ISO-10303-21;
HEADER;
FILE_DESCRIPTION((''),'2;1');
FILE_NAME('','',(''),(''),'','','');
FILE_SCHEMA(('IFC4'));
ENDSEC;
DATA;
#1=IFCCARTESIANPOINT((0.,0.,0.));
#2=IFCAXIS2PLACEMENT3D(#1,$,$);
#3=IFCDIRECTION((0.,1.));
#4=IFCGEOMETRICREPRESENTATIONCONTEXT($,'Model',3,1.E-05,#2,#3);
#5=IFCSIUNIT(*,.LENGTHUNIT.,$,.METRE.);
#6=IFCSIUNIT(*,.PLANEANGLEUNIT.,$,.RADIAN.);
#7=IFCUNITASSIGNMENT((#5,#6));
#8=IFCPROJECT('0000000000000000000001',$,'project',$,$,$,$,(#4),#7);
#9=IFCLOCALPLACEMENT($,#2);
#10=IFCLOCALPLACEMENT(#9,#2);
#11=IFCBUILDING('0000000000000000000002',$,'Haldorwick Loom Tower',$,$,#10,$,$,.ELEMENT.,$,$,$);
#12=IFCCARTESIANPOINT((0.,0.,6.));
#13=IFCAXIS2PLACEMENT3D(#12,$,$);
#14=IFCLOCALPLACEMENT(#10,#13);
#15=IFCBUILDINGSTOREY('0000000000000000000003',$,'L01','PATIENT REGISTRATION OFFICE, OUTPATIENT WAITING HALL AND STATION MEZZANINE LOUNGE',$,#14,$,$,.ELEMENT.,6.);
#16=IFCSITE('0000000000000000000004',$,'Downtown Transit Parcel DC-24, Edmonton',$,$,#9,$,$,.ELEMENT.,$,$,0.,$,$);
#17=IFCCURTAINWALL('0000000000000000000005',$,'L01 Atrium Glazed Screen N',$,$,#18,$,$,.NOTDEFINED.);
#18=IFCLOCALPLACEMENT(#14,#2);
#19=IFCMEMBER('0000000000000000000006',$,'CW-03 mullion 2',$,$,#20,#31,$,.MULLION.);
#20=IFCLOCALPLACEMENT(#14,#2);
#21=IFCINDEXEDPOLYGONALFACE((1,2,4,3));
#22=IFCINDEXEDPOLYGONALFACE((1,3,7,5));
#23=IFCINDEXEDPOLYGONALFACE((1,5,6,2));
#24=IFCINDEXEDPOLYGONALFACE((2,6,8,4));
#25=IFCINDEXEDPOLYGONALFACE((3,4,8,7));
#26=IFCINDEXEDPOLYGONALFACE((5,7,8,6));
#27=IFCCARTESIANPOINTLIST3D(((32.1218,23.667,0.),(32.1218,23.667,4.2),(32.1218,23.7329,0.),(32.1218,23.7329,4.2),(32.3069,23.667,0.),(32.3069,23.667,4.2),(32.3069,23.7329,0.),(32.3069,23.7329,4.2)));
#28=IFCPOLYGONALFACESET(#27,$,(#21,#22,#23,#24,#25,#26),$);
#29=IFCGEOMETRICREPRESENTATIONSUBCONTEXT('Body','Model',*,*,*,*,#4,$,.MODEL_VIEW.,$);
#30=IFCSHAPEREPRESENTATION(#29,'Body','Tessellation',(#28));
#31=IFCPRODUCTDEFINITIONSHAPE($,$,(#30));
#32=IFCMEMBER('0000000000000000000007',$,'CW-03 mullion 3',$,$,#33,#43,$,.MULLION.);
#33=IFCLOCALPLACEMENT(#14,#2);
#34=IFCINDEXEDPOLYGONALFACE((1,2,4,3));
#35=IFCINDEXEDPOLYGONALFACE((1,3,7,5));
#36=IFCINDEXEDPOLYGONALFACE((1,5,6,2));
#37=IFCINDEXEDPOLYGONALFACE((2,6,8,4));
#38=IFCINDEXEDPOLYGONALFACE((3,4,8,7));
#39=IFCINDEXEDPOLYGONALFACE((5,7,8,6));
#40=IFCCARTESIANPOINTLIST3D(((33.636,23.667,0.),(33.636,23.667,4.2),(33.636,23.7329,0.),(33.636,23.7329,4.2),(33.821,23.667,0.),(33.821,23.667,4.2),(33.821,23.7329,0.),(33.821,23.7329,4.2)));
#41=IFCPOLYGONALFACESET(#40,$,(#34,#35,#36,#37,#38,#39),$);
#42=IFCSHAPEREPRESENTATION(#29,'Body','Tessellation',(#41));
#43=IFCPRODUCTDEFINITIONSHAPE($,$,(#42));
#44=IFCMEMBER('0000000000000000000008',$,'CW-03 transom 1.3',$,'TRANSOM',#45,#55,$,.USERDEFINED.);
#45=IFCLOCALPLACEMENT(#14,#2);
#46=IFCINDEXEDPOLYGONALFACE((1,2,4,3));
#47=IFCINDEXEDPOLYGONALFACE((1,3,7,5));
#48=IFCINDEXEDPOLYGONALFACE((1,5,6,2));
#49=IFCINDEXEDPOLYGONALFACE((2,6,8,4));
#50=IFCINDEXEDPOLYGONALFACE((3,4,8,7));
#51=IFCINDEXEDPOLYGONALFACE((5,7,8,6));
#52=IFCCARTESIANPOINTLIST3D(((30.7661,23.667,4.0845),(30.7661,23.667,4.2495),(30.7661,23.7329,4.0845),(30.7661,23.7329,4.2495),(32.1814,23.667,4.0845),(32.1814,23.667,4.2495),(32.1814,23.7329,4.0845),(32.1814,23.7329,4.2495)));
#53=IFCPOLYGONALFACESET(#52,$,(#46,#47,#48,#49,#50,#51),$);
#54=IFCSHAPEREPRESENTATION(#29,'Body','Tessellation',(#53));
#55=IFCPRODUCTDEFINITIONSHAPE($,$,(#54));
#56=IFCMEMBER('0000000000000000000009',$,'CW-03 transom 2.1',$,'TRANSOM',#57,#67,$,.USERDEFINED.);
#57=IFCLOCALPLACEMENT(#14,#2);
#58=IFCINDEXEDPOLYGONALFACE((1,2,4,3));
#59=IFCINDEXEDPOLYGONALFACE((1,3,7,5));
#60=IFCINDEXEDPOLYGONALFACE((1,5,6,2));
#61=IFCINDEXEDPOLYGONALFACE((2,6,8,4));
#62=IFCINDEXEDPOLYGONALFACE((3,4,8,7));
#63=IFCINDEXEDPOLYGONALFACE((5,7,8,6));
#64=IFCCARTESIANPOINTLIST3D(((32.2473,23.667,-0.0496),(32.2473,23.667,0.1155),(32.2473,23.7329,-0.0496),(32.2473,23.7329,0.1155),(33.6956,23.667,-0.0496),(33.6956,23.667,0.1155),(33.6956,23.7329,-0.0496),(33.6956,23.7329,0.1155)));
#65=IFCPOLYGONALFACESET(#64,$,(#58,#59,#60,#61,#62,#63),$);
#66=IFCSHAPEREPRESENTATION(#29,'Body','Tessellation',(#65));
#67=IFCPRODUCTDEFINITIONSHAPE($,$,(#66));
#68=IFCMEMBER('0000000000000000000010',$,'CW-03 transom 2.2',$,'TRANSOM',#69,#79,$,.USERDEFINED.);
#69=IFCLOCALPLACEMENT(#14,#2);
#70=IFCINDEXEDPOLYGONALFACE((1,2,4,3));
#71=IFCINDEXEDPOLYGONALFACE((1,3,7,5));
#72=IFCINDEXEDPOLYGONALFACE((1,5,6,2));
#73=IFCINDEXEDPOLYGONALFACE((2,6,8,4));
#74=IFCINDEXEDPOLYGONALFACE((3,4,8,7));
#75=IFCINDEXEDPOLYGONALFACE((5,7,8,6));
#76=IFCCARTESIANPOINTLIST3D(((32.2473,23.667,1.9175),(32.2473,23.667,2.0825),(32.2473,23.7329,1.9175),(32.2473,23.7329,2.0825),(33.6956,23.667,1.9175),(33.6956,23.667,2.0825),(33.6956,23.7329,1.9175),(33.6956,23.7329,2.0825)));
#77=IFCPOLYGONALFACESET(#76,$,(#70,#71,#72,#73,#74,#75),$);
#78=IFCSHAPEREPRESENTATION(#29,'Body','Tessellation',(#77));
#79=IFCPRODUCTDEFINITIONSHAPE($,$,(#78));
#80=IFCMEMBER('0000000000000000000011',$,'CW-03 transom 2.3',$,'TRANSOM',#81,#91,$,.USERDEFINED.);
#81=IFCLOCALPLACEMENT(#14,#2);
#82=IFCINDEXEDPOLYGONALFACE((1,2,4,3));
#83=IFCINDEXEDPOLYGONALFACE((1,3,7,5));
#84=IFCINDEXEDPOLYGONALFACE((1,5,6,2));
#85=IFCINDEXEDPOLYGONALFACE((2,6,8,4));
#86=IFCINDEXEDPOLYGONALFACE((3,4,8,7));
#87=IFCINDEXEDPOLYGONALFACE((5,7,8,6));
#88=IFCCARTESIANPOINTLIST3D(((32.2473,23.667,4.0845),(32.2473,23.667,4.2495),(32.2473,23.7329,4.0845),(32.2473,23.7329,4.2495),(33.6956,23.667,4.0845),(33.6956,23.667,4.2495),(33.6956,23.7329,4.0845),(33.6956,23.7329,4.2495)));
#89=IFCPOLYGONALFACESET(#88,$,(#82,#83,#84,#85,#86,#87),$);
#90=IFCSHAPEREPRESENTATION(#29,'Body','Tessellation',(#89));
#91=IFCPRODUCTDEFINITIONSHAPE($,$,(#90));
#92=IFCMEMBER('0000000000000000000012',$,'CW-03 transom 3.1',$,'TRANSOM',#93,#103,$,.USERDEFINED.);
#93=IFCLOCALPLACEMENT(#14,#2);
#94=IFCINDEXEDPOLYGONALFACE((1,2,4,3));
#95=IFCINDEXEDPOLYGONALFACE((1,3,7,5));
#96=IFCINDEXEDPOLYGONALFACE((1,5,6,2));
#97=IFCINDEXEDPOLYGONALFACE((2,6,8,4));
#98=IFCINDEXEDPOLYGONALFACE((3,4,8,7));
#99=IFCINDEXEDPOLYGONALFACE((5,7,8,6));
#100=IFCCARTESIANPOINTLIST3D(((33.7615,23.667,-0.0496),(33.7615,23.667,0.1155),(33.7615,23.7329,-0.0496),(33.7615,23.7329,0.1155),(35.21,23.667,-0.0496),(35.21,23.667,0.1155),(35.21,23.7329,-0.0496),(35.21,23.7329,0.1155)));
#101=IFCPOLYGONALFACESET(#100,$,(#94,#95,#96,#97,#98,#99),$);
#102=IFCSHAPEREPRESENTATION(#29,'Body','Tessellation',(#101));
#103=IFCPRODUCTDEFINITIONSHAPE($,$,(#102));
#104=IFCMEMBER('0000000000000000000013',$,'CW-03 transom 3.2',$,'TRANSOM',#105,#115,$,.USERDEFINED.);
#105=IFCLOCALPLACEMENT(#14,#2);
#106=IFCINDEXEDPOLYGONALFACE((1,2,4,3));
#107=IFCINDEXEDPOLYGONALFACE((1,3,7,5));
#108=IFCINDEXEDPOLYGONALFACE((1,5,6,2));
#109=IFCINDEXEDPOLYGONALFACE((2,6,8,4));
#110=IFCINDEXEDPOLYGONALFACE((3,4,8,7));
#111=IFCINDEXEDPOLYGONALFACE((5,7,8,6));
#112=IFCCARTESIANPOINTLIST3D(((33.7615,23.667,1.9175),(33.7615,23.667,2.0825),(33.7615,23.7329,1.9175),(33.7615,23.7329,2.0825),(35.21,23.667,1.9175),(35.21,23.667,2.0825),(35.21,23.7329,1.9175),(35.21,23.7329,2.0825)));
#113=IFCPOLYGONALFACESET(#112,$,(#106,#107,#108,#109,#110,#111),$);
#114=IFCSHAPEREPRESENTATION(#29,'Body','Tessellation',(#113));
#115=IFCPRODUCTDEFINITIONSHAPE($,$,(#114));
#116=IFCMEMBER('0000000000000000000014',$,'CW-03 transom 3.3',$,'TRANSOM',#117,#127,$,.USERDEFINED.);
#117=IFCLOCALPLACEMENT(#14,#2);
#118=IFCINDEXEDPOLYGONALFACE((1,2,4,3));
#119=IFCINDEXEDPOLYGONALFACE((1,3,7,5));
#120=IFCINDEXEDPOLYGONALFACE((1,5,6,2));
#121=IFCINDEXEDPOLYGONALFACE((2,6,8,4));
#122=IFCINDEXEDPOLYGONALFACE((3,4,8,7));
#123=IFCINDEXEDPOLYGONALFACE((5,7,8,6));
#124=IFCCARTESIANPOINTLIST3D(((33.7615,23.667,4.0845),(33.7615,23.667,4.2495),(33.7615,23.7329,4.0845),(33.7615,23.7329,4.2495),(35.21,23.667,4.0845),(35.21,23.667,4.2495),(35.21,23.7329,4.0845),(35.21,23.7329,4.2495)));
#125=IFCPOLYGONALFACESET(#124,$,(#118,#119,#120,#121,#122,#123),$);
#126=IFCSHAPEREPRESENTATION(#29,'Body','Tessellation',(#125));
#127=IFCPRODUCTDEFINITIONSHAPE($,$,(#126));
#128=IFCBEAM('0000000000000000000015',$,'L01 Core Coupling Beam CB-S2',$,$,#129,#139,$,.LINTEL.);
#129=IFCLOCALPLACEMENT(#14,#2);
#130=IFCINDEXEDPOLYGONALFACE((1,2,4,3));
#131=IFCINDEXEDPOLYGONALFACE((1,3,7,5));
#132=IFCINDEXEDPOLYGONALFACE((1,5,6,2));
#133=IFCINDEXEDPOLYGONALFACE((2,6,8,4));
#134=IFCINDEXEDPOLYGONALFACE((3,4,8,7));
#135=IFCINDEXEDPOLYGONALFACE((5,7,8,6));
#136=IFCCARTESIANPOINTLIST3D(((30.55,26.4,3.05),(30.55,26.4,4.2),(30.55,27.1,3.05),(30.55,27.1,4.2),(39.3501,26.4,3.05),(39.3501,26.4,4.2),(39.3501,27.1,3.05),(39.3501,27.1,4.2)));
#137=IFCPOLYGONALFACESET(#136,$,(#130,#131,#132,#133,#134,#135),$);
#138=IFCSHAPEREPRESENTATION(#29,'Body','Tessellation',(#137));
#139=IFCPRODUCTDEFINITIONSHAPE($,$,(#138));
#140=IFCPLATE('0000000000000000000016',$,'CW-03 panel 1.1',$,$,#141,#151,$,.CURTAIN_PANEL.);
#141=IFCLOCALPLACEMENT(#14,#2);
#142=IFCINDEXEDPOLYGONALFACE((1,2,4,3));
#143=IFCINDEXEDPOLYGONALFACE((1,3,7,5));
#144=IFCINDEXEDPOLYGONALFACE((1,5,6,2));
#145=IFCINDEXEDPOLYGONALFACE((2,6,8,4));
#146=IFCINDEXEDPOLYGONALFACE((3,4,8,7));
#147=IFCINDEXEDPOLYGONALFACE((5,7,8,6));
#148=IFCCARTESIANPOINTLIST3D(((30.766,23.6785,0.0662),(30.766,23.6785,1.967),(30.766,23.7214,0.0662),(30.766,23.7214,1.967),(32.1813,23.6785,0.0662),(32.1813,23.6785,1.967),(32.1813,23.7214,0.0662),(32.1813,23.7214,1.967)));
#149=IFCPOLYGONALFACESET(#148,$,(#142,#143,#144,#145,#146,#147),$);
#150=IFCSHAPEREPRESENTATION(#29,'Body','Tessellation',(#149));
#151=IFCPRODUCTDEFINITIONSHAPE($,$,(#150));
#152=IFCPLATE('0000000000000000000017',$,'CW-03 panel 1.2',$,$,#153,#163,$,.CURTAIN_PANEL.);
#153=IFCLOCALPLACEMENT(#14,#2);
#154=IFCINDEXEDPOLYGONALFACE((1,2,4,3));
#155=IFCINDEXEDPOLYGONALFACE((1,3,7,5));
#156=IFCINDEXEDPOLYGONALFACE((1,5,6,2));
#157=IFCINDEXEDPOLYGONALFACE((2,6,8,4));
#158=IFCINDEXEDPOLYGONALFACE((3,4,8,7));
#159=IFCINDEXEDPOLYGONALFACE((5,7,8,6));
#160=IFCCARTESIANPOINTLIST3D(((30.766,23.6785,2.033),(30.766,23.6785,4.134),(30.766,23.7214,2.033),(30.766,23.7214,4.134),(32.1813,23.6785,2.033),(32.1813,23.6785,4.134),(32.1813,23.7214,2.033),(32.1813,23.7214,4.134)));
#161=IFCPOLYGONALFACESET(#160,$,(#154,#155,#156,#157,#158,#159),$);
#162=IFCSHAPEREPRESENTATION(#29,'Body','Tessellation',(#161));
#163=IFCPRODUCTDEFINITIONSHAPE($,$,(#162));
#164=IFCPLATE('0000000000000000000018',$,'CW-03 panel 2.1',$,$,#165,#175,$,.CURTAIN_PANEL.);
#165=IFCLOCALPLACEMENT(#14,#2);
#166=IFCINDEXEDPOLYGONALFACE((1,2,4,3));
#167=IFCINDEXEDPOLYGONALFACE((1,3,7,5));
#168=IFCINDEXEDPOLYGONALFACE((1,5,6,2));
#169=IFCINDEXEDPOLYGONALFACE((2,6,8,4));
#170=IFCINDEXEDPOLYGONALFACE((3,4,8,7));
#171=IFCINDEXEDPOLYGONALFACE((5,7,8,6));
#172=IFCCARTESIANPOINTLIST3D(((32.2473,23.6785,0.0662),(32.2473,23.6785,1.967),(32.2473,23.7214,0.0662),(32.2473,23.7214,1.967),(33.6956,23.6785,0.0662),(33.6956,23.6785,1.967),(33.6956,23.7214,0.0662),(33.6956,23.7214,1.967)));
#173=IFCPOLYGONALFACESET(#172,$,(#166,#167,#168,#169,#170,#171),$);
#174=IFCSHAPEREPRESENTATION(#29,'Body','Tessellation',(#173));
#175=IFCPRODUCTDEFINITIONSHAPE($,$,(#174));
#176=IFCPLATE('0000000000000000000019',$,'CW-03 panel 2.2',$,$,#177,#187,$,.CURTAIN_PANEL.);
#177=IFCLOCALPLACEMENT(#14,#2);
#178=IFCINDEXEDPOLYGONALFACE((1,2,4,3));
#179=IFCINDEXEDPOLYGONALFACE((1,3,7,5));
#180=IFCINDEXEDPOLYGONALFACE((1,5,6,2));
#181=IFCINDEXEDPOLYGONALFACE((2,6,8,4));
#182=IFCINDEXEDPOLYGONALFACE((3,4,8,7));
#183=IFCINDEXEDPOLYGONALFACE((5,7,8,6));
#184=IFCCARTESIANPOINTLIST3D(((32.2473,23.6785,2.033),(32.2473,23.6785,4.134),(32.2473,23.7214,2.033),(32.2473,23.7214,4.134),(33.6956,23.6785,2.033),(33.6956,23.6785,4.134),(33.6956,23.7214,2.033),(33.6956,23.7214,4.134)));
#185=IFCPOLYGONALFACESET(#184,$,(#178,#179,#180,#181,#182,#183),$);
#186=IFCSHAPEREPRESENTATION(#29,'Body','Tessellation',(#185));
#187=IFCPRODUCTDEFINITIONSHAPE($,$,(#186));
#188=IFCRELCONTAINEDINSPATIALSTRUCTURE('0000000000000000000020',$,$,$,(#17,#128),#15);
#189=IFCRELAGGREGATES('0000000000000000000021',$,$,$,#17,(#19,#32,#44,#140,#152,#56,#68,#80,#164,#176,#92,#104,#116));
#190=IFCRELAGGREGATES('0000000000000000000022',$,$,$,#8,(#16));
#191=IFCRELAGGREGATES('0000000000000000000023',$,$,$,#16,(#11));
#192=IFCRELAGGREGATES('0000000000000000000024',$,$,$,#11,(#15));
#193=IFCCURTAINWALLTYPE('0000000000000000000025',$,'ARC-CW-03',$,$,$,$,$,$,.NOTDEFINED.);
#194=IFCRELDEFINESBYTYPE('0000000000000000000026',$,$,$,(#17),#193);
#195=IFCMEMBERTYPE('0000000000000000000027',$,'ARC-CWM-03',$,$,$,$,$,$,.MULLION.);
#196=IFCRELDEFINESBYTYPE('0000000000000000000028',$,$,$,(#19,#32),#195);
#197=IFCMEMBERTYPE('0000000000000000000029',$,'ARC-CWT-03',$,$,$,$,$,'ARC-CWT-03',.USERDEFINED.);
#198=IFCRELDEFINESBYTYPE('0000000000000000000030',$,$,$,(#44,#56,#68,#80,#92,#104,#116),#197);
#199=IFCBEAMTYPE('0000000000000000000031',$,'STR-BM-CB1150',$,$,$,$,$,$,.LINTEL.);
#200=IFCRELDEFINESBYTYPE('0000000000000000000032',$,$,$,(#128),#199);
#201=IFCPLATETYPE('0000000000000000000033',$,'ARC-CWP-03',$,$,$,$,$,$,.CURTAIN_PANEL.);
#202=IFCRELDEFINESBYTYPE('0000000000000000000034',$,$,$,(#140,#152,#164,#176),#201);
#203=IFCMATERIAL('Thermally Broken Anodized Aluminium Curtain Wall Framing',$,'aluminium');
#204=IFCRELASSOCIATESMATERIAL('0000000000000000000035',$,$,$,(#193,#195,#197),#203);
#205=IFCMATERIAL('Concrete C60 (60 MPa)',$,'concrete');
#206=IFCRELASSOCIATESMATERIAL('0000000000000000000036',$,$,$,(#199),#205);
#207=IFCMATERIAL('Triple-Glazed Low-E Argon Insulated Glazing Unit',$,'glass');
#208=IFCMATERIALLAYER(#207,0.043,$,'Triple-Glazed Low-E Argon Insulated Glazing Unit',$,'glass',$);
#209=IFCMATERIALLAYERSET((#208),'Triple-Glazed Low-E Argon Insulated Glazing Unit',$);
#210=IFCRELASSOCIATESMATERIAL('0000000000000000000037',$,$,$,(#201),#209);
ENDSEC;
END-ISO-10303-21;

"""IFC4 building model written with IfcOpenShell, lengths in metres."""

from ifc_helpers import new_model, si_unit, direction, frame, origin, origin_2d, place, context, subcontext, project, spatial, rectangle, extrude, material, layer, layer_set, material_profile, profile_set, type_object, element, aggregate, save


model = new_model("IFC4")

# Units and contexts
model_context = context("Model", 3, precision=1e-05, world=origin(), true_north=direction((0.0, 1.0)))
body_context = subcontext(model_context, "Body", "Model", "MODEL_VIEW")
ifc_project = project(units=[si_unit("LENGTHUNIT", "METRE"), si_unit("PLANEANGLEUNIT", "RADIAN")], contexts=[model_context])

# Site, building, storey
site_placement = place(None, origin())
site = spatial("IfcSite", under=ifc_project, at=site_placement, Name="Downtown Transit Parcel DC-24, Edmonton", CompositionType="ELEMENT", RefElevation=0.0)
building_placement = place(site_placement, origin())
building = spatial("IfcBuilding", under=site, at=building_placement, Name="Haldorwick Loom Tower", CompositionType="ELEMENT")
storey_placement = place(building_placement, frame((0.0, 0.0, 6.0)))
storey = spatial("IfcBuildingStorey", under=building, at=storey_placement, Name="L01", Description="PATIENT REGISTRATION OFFICE, OUTPATIENT WAITING HALL AND STATION MEZZANINE LOUNGE", CompositionType="ELEMENT", Elevation=6.0)

# Curtain wall, members
ifc_material_1 = material(Name="Thermally Broken Anodized Aluminium Curtain Wall Framing", Category="aluminium")
curtain_wall_type = type_object("IfcCurtainWallType", Name="ARC-CW-03", PredefinedType="NOTDEFINED", material=ifc_material_1)
curtain_wall_placement = place(storey_placement, origin())
curtain_wall = element("IfcCurtainWall", 1, at=curtain_wall_placement, inside=storey, type_object=curtain_wall_type, Name="L01 Atrium Glazed Screen N", PredefinedType="NOTDEFINED")
ifc_material_profile_1 = material_profile(ifc_material_1, rectangle(XDim=0.0659, YDim=0.1851, at=origin_2d()), Name="ALU_MUL_66X185", Category="aluminium")
ifc_profile_set_1 = profile_set([ifc_material_profile_1], Name="Thermally Broken Anodized Aluminium Curtain Wall Framing")
member_type_1 = type_object("IfcMemberType", Name="ARC-CWM-03", PredefinedType="MULLION", material=ifc_profile_set_1)
member_1_placement = place(storey_placement, frame((32.2144, 23.7, 0.0), z_axis=(0.0, 0.0, 1.0), x_axis=(0.0, 1.0, 0.0)))
member_1 = element("IfcMember", 2, at=member_1_placement, type_object=member_type_1, Name="CW-03 mullion 2", PredefinedType="MULLION", context=body_context, shape_type="SweptSolid", body=[
    extrude(rectangle(XDim=0.0659, YDim=0.1851, at=origin_2d()), origin(), (0.0, 0.0, 1.0), 4.2),
])
member_2_placement = place(storey_placement, frame((33.7285, 23.7, 0.0), z_axis=(0.0, 0.0, 1.0), x_axis=(0.0, 1.0, 0.0)))
member_2 = element("IfcMember", 3, at=member_2_placement, type_object=member_type_1, Name="CW-03 mullion 3", PredefinedType="MULLION", context=body_context, shape_type="SweptSolid", body=[
    extrude(rectangle(XDim=0.0659, YDim=0.1851, at=origin_2d()), origin(), (0.0, 0.0, 1.0), 4.2),
])
ifc_material_profile_2 = material_profile(ifc_material_1, rectangle(XDim=0.0659, YDim=0.165, at=origin_2d()), Name="ALU_TRN_66X165", Category="aluminium")
ifc_profile_set_2 = profile_set([ifc_material_profile_2], Name="Thermally Broken Anodized Aluminium Curtain Wall Framing")
member_type_2 = type_object("IfcMemberType", Name="ARC-CWT-03", ElementType="ARC-CWT-03", PredefinedType="USERDEFINED", material=ifc_profile_set_2)
member_3_placement = place(storey_placement, frame((30.7661, 23.7, 4.167), z_axis=(1.0, 0.0, 0.0), x_axis=(0.0, 1.0, 0.0)))
member_3 = element("IfcMember", 4, at=member_3_placement, type_object=member_type_2, Name="CW-03 transom 1.3", ObjectType="TRANSOM", PredefinedType="USERDEFINED", context=body_context, shape_type="SweptSolid", body=[
    extrude(rectangle(XDim=0.0659, YDim=0.165, at=origin_2d()), origin(), (0.0, 0.0, 1.0), 1.4153),
])
member_4_placement = place(storey_placement, frame((32.2473, 23.7, 0.033), z_axis=(1.0, 0.0, 0.0), x_axis=(0.0, 1.0, 0.0)))
member_4 = element("IfcMember", 5, at=member_4_placement, type_object=member_type_2, Name="CW-03 transom 2.1", ObjectType="TRANSOM", PredefinedType="USERDEFINED", context=body_context, shape_type="SweptSolid", body=[
    extrude(rectangle(XDim=0.0659, YDim=0.165, at=origin_2d()), origin(), (0.0, 0.0, 1.0), 1.4482),
])
member_5_placement = place(storey_placement, frame((32.2473, 23.7, 2.0), z_axis=(1.0, 0.0, 0.0), x_axis=(0.0, 1.0, 0.0)))
member_5 = element("IfcMember", 6, at=member_5_placement, type_object=member_type_2, Name="CW-03 transom 2.2", ObjectType="TRANSOM", PredefinedType="USERDEFINED", context=body_context, shape_type="SweptSolid", body=[
    extrude(rectangle(XDim=0.0659, YDim=0.165, at=origin_2d()), origin(), (0.0, 0.0, 1.0), 1.4482),
])
member_6_placement = place(storey_placement, frame((32.2473, 23.7, 4.167), z_axis=(1.0, 0.0, 0.0), x_axis=(0.0, 1.0, 0.0)))
member_6 = element("IfcMember", 7, at=member_6_placement, type_object=member_type_2, Name="CW-03 transom 2.3", ObjectType="TRANSOM", PredefinedType="USERDEFINED", context=body_context, shape_type="SweptSolid", body=[
    extrude(rectangle(XDim=0.0659, YDim=0.165, at=origin_2d()), origin(), (0.0, 0.0, 1.0), 1.4482),
])
member_7_placement = place(storey_placement, frame((33.7615, 23.7, 0.033), z_axis=(1.0, 0.0, 0.0), x_axis=(0.0, 1.0, 0.0)))
member_7 = element("IfcMember", 8, at=member_7_placement, type_object=member_type_2, Name="CW-03 transom 3.1", ObjectType="TRANSOM", PredefinedType="USERDEFINED", context=body_context, shape_type="SweptSolid", body=[
    extrude(rectangle(XDim=0.0659, YDim=0.165, at=origin_2d()), origin(), (0.0, 0.0, 1.0), 1.4485),
])
member_8_placement = place(storey_placement, frame((33.7615, 23.7, 2.0), z_axis=(1.0, 0.0, 0.0), x_axis=(0.0, 1.0, 0.0)))
member_8 = element("IfcMember", 9, at=member_8_placement, type_object=member_type_2, Name="CW-03 transom 3.2", ObjectType="TRANSOM", PredefinedType="USERDEFINED", context=body_context, shape_type="SweptSolid", body=[
    extrude(rectangle(XDim=0.0659, YDim=0.165, at=origin_2d()), origin(), (0.0, 0.0, 1.0), 1.4485),
])
member_9_placement = place(storey_placement, frame((33.7615, 23.7, 4.167), z_axis=(1.0, 0.0, 0.0), x_axis=(0.0, 1.0, 0.0)))
member_9 = element("IfcMember", 10, at=member_9_placement, type_object=member_type_2, Name="CW-03 transom 3.3", ObjectType="TRANSOM", PredefinedType="USERDEFINED", context=body_context, shape_type="SweptSolid", body=[
    extrude(rectangle(XDim=0.0659, YDim=0.165, at=origin_2d()), origin(), (0.0, 0.0, 1.0), 1.4485),
])

# Beam
ifc_material_2 = material(Name="Concrete C60 (60 MPa)", Category="concrete")
ifc_material_profile_3 = material_profile(ifc_material_2, rectangle(XDim=0.7, YDim=1.1499, at=origin_2d()), Name="RC700X1150", Category="concrete")
ifc_profile_set_3 = profile_set([ifc_material_profile_3], Name="Concrete C60 (60 MPa)")
beam_type = type_object("IfcBeamType", Name="STR-BM-CB1150", PredefinedType="LINTEL", material=ifc_profile_set_3)
beam_placement = place(storey_placement, frame((30.55, 26.75, 3.625), z_axis=(1.0, 0.0, 0.0), x_axis=(0.0, 1.0, 0.0)))
element("IfcBeam", 11, at=beam_placement, inside=storey, type_object=beam_type, Name="L01 Core Coupling Beam CB-S2", PredefinedType="LINTEL", context=body_context, shape_type="SweptSolid", body=[
    extrude(rectangle(XDim=0.7, YDim=1.1499, at=origin_2d()), origin(), (0.0, 0.0, 1.0), 8.8),
])

# Plates
ifc_material_3 = material(Name="Triple-Glazed Low-E Argon Insulated Glazing Unit", Category="glass")
ifc_layer_1 = layer(ifc_material_3, 0.043, Name="Triple-Glazed Low-E Argon Insulated Glazing Unit", Category="glass")
ifc_layer_set_1 = layer_set([ifc_layer_1], Name="Triple-Glazed Low-E Argon Insulated Glazing Unit")
plate_type = type_object("IfcPlateType", Name="ARC-CWP-03", PredefinedType="CURTAIN_PANEL", material=ifc_layer_set_1)
plate_1_placement = place(storey_placement, frame((31.4736, 23.7, 0.0662), z_axis=(0.0, 0.0, 1.0), x_axis=(1.0, 0.0, 0.0)))
plate_1 = element("IfcPlate", 12, at=plate_1_placement, type_object=plate_type, Name="CW-03 panel 1.1", PredefinedType="CURTAIN_PANEL", context=body_context, shape_type="SweptSolid", body=[
    extrude(rectangle(XDim=1.4153, YDim=0.043, at=origin_2d()), origin(), (0.0, 0.0, 1.0), 1.9009),
])
plate_2_placement = place(storey_placement, frame((31.4736, 23.7, 2.033), z_axis=(0.0, 0.0, 1.0), x_axis=(1.0, 0.0, 0.0)))
plate_2 = element("IfcPlate", 13, at=plate_2_placement, type_object=plate_type, Name="CW-03 panel 1.2", PredefinedType="CURTAIN_PANEL", context=body_context, shape_type="SweptSolid", body=[
    extrude(rectangle(XDim=1.4153, YDim=0.043, at=origin_2d()), origin(), (0.0, 0.0, 1.0), 2.1011),
])
plate_3_placement = place(storey_placement, frame((32.9714, 23.7, 0.0662), z_axis=(0.0, 0.0, 1.0), x_axis=(1.0, 0.0, 0.0)))
plate_3 = element("IfcPlate", 14, at=plate_3_placement, type_object=plate_type, Name="CW-03 panel 2.1", PredefinedType="CURTAIN_PANEL", context=body_context, shape_type="SweptSolid", body=[
    extrude(rectangle(XDim=1.4482, YDim=0.043, at=origin_2d()), origin(), (0.0, 0.0, 1.0), 1.9009),
])
plate_4_placement = place(storey_placement, frame((32.9714, 23.7, 2.033), z_axis=(0.0, 0.0, 1.0), x_axis=(1.0, 0.0, 0.0)))
plate_4 = element("IfcPlate", 15, at=plate_4_placement, type_object=plate_type, Name="CW-03 panel 2.2", PredefinedType="CURTAIN_PANEL", context=body_context, shape_type="SweptSolid", body=[
    extrude(rectangle(XDim=1.4482, YDim=0.043, at=origin_2d()), origin(), (0.0, 0.0, 1.0), 2.1011),
])
aggregate(curtain_wall, [member_1, member_2, member_3, plate_1, plate_2, member_4, member_5, member_6, plate_3, plate_4, member_7, member_8, member_9])

save(model, "model.ifc")
